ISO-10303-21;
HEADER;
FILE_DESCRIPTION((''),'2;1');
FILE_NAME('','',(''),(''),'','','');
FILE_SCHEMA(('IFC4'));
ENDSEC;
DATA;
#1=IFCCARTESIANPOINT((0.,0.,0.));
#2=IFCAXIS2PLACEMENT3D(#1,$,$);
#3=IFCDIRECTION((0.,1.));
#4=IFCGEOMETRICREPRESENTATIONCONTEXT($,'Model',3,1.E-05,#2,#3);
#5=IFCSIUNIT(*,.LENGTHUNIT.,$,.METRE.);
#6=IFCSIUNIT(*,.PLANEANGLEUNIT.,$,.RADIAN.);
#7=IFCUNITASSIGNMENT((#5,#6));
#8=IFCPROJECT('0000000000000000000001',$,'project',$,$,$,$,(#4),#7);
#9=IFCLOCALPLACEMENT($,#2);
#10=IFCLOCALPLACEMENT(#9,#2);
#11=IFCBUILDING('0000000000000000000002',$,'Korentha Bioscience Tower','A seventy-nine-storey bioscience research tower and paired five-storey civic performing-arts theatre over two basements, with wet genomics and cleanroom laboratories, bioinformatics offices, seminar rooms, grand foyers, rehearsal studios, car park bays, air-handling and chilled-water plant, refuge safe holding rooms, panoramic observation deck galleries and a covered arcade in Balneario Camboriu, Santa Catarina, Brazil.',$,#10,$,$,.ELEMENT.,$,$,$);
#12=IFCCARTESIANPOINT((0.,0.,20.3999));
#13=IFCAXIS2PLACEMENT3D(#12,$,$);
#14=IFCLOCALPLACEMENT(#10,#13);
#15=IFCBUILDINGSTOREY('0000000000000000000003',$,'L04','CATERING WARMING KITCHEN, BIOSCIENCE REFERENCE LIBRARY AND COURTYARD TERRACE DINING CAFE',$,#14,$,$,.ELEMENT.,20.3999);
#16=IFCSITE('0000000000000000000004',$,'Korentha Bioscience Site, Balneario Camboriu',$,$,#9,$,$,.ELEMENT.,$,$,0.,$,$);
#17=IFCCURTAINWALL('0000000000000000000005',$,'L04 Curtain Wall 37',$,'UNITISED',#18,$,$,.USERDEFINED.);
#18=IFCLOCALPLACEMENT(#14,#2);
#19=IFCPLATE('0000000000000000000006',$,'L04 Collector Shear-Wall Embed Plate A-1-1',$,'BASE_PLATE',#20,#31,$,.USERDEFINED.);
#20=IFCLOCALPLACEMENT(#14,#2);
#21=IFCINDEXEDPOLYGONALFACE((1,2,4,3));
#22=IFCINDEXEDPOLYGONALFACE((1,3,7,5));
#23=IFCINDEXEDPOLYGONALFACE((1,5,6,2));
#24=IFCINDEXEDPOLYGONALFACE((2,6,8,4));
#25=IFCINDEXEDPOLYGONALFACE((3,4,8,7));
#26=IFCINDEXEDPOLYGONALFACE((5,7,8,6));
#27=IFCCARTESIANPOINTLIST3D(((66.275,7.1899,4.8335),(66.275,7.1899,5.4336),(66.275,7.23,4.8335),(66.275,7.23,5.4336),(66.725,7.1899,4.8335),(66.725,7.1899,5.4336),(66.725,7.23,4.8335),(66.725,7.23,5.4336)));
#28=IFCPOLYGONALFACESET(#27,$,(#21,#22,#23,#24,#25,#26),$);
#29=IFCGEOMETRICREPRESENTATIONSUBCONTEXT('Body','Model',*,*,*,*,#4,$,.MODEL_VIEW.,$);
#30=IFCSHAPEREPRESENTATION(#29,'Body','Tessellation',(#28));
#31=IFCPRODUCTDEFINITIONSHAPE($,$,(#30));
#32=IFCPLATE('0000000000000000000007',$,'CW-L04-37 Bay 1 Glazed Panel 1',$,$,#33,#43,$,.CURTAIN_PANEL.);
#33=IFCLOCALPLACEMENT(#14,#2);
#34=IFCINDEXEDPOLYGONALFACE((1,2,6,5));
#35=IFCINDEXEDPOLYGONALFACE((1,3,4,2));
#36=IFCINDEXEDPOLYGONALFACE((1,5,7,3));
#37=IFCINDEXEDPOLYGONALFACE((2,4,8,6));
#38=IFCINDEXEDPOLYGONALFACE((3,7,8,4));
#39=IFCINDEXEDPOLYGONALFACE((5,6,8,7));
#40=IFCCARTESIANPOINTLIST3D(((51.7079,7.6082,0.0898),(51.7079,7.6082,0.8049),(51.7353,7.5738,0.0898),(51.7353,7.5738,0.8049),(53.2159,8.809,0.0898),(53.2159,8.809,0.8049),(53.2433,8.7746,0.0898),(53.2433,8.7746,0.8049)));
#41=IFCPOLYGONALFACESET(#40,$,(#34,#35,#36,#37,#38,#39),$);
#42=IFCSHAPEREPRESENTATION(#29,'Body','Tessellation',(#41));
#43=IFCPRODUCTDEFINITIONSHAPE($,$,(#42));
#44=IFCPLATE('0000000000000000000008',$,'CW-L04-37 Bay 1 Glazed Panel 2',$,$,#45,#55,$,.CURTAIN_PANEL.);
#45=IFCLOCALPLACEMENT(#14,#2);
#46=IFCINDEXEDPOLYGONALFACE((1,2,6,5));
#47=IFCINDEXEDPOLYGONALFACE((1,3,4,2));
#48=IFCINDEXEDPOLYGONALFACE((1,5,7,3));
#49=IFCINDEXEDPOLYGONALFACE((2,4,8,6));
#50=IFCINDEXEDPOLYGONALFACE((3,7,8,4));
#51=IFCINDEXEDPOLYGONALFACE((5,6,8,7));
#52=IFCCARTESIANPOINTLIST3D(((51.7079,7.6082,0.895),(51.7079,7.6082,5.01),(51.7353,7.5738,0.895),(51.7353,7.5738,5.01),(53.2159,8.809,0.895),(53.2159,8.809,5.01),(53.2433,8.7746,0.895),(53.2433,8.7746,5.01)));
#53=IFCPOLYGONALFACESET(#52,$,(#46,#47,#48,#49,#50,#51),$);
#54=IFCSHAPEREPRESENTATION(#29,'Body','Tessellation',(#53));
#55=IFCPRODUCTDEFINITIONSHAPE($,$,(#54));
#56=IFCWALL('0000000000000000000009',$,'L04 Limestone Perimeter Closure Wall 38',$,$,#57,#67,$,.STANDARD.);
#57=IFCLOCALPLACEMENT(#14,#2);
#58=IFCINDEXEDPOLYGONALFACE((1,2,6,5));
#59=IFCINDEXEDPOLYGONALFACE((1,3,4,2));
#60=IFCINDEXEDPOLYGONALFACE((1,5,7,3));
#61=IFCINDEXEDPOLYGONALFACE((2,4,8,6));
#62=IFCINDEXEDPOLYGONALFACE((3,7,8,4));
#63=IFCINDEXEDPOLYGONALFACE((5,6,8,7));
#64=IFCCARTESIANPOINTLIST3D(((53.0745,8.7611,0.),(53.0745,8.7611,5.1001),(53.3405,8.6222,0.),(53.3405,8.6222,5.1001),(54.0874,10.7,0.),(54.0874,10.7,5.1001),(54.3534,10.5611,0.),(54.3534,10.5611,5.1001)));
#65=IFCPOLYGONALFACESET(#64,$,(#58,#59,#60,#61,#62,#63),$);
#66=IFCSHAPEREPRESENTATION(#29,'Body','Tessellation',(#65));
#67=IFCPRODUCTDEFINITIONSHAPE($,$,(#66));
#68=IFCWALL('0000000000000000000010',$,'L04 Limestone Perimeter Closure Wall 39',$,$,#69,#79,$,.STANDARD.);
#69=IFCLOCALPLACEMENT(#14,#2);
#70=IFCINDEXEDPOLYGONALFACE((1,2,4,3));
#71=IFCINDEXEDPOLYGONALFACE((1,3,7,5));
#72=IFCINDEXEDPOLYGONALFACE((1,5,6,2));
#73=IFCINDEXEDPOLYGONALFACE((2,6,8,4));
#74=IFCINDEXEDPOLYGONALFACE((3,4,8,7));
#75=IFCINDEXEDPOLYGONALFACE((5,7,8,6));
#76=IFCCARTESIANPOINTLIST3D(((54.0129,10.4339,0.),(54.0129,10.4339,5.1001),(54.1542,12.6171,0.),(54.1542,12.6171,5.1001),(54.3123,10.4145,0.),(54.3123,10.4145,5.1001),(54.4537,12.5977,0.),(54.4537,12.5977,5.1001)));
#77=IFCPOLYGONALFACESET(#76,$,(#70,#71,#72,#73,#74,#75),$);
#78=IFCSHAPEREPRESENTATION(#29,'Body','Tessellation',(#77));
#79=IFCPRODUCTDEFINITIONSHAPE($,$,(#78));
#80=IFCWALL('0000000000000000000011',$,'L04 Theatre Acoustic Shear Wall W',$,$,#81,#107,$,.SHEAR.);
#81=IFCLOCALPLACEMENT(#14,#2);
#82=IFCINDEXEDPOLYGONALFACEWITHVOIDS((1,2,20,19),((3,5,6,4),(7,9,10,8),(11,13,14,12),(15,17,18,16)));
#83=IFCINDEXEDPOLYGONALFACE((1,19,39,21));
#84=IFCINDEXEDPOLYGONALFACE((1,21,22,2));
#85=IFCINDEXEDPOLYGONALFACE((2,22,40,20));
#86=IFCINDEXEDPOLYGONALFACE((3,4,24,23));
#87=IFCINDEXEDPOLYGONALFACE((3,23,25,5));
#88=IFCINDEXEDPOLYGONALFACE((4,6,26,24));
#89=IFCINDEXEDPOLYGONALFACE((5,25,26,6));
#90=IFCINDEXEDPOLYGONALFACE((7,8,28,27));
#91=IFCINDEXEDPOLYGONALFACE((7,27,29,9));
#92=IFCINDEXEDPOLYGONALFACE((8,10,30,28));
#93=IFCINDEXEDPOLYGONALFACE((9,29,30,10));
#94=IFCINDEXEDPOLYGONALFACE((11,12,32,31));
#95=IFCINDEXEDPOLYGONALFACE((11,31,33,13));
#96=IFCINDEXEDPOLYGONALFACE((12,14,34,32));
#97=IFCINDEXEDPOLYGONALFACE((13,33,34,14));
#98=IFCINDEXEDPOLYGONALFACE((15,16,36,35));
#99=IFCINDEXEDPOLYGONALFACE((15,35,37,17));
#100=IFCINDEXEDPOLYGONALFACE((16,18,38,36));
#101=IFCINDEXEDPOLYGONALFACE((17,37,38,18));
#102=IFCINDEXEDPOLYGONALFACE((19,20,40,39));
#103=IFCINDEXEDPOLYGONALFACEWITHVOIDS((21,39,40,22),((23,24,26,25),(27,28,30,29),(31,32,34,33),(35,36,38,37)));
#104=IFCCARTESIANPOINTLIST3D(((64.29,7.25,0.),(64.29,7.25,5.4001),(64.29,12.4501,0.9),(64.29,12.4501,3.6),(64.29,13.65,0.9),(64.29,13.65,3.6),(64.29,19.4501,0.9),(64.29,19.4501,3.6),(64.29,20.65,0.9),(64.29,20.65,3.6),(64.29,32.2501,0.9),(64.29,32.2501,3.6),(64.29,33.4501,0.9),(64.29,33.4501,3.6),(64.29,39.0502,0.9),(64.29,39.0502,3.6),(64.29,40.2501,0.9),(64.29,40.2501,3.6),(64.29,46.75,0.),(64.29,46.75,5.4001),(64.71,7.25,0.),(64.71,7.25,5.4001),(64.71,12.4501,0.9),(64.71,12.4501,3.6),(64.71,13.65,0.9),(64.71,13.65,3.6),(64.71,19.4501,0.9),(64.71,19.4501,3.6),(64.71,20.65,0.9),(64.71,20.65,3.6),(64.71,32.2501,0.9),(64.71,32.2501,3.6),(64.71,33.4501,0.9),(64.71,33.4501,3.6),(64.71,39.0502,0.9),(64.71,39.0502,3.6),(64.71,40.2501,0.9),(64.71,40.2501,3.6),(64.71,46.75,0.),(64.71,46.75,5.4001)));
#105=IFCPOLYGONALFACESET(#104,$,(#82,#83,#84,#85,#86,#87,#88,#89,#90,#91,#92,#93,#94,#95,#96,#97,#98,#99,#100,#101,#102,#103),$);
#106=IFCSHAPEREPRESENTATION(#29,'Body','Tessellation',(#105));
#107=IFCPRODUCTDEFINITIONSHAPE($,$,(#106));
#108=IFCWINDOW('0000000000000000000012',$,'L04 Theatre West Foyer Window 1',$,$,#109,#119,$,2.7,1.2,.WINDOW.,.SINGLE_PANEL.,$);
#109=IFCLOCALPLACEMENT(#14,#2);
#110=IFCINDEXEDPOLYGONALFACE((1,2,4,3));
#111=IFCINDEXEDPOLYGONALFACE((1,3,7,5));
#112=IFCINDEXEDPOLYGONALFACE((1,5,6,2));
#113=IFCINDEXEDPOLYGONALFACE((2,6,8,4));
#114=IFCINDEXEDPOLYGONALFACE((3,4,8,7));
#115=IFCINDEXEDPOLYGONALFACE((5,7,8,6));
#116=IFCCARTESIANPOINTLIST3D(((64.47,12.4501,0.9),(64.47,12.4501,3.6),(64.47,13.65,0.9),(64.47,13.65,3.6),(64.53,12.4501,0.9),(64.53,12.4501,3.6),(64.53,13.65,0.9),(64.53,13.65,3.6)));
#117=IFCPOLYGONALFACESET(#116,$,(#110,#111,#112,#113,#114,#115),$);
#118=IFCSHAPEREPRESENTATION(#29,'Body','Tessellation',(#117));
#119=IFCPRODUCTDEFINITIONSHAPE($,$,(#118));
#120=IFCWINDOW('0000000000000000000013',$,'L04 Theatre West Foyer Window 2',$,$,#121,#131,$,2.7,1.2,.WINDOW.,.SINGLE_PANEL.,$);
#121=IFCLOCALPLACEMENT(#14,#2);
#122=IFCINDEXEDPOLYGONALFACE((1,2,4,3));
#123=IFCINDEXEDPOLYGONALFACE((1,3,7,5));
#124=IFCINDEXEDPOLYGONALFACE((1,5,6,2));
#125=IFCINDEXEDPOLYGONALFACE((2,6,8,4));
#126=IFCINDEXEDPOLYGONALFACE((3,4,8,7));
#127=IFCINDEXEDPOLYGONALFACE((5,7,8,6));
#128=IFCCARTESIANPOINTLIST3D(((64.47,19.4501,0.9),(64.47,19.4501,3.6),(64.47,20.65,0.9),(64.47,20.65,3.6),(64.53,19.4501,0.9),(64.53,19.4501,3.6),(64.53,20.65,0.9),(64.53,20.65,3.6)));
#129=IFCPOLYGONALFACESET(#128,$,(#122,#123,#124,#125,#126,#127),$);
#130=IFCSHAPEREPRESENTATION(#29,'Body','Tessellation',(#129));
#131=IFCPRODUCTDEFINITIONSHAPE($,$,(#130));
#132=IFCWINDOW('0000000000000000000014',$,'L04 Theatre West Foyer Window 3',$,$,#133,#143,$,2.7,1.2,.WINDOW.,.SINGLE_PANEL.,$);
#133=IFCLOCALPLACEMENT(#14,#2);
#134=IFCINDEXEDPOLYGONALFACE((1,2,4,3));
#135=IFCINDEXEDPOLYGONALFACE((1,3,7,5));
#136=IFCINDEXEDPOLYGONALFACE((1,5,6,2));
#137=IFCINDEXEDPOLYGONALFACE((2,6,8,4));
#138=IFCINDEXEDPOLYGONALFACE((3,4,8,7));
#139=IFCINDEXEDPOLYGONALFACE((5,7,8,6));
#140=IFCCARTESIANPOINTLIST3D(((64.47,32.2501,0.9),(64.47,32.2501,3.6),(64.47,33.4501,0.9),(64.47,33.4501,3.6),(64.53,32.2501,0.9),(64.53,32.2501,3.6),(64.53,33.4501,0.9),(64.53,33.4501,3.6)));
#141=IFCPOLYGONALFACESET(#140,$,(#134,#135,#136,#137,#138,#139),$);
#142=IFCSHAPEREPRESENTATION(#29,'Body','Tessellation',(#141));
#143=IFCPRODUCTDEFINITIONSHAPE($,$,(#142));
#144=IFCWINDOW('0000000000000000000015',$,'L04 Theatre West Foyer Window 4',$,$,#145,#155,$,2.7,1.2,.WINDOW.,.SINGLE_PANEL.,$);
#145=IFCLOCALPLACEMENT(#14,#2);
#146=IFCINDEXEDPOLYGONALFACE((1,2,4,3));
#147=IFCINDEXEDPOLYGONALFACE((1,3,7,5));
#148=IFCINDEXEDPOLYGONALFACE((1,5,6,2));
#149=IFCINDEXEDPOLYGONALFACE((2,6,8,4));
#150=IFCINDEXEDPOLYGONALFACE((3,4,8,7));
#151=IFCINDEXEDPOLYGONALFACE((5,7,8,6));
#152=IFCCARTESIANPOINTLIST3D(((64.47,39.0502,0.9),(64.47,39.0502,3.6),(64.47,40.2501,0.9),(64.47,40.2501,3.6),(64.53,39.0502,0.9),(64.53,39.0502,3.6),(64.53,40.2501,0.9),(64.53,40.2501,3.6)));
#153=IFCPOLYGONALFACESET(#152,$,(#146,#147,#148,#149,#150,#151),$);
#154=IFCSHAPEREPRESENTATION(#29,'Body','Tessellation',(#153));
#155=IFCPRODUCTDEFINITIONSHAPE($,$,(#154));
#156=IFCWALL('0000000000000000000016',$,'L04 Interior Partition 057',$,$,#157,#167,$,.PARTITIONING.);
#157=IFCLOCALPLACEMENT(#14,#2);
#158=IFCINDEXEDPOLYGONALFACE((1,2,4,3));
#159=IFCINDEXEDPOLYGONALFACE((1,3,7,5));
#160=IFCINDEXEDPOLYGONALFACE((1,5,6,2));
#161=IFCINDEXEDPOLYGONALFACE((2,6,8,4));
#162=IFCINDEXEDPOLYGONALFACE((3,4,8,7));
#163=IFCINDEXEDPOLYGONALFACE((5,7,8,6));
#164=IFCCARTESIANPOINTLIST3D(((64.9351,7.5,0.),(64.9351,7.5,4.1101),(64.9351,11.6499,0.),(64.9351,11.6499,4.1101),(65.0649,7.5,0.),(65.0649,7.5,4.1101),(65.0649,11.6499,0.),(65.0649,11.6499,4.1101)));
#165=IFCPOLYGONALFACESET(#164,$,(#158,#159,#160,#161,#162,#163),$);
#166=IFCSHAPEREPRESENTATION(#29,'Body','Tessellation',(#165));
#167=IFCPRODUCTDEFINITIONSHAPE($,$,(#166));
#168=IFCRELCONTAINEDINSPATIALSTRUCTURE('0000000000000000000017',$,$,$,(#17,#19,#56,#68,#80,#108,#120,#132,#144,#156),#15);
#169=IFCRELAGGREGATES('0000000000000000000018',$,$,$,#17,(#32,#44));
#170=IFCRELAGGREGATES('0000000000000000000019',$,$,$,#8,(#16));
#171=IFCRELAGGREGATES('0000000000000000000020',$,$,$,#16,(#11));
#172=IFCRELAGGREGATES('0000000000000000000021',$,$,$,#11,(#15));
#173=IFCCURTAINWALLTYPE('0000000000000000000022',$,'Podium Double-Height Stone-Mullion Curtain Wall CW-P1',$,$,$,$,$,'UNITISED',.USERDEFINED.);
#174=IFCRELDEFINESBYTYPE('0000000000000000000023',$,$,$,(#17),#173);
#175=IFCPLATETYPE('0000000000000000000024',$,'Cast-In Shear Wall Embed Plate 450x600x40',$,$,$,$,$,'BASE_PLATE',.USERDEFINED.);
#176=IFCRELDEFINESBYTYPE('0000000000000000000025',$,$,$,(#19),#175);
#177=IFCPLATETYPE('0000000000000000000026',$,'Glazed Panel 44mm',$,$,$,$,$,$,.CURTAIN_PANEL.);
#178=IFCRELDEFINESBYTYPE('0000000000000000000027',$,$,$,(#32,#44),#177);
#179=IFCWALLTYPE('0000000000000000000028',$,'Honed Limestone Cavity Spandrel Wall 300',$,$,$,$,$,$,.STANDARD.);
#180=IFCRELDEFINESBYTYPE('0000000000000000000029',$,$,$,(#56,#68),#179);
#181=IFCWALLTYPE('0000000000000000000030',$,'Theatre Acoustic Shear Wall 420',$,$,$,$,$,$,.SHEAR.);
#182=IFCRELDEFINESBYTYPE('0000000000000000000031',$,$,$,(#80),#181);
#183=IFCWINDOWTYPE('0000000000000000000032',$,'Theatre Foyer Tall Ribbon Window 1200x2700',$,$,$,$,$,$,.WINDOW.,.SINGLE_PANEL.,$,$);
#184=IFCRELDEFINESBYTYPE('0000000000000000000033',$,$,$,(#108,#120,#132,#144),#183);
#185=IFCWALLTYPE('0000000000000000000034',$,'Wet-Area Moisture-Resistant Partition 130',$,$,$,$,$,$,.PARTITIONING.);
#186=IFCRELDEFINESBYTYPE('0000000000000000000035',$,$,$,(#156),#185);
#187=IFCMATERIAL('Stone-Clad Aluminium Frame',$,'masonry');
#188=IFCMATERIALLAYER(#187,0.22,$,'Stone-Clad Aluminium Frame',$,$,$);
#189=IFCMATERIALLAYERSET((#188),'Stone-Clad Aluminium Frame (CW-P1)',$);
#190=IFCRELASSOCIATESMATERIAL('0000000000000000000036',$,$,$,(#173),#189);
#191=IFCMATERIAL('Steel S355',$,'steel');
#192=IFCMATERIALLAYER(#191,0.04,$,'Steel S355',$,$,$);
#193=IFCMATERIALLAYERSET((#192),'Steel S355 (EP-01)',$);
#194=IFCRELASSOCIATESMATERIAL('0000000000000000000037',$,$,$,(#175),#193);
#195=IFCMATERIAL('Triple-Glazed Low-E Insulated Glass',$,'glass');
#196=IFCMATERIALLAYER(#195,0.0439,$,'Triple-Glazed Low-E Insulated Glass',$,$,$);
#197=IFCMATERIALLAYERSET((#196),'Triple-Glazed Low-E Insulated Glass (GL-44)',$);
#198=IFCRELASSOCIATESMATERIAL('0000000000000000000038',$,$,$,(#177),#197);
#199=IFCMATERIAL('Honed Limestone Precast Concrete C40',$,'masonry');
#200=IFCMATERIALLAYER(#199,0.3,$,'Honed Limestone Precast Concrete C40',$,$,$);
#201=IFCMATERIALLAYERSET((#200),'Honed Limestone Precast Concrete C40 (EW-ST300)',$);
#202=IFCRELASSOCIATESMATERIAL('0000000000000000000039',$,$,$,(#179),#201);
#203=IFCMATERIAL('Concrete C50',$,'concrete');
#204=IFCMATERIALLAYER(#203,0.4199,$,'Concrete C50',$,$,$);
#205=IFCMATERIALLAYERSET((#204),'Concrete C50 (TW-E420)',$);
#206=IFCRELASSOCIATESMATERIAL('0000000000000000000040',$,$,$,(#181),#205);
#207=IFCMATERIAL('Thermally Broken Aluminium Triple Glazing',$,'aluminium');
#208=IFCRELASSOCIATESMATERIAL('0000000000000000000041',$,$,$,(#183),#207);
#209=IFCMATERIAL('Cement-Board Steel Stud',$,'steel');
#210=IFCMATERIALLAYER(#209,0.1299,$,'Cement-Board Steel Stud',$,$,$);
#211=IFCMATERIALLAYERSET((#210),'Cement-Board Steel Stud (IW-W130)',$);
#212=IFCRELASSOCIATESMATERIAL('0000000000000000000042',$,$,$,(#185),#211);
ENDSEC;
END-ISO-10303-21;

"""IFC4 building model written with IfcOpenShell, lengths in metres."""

from ifc_helpers import new_model, si_unit, direction, frame, frame_2d, origin, origin_2d, place, context, subcontext, project, spatial, rectangle, extrude, material, layer, layer_set, type_object, element, fill, aggregate, save


model = new_model("IFC4")

# Units and contexts
model_context = context("Model", 3, precision=1e-05, world=origin(), true_north=direction((0.0, 1.0)))
body_context = subcontext(model_context, "Body", "Model", "MODEL_VIEW")
ifc_project = project(units=[si_unit("LENGTHUNIT", "METRE"), si_unit("PLANEANGLEUNIT", "RADIAN")], contexts=[model_context])

# Site, building, storey
site_placement = place(None, origin())
site = spatial("IfcSite", under=ifc_project, at=site_placement, Name="Korentha Bioscience Site, Balneario Camboriu", CompositionType="ELEMENT", RefElevation=0.0)
building_placement = place(site_placement, origin())
building = spatial("IfcBuilding", under=site, at=building_placement, Name="Korentha Bioscience Tower", Description="A seventy-nine-storey bioscience research tower and paired five-storey civic performing-arts theatre over two basements, with wet genomics and cleanroom laboratories, bioinformatics offices, seminar rooms, grand foyers, rehearsal studios, car park bays, air-handling and chilled-water plant, refuge safe holding rooms, panoramic observation deck galleries and a covered arcade in Balneario Camboriu, Santa Catarina, Brazil.", CompositionType="ELEMENT")
storey_placement = place(building_placement, frame((0.0, 0.0, 20.3999)))
storey = spatial("IfcBuildingStorey", under=building, at=storey_placement, Name="L04", Description="CATERING WARMING KITCHEN, BIOSCIENCE REFERENCE LIBRARY AND COURTYARD TERRACE DINING CAFE", CompositionType="ELEMENT", Elevation=20.3999)

# Shared definitions
ifc_material_1 = material(Name="Concrete C50", Category="concrete")

# Curtain wall
ifc_material_2 = material(Name="Stone-Clad Aluminium Frame", Category="masonry")
ifc_layer_1 = layer(ifc_material_2, 0.22, Name="Stone-Clad Aluminium Frame")
ifc_layer_set_1 = layer_set([ifc_layer_1], Name="Stone-Clad Aluminium Frame (CW-P1)")
curtain_wall_type = type_object("IfcCurtainWallType", Name="Podium Double-Height Stone-Mullion Curtain Wall CW-P1", ElementType="UNITISED", PredefinedType="USERDEFINED", material=ifc_layer_set_1)
curtain_wall_placement = place(storey_placement, origin())
curtain_wall = element("IfcCurtainWall", 1, at=curtain_wall_placement, inside=storey, type_object=curtain_wall_type, Name="L04 Curtain Wall 37", ObjectType="UNITISED", PredefinedType="USERDEFINED")

# Shared definitions
ifc_material_3 = material(Name="Steel S355", Category="steel")

# Plates
ifc_layer_2 = layer(ifc_material_3, 0.04, Name="Steel S355")
ifc_layer_set_2 = layer_set([ifc_layer_2], Name="Steel S355 (EP-01)")
plate_type_1 = type_object("IfcPlateType", Name="Cast-In Shear Wall Embed Plate 450x600x40", ElementType="BASE_PLATE", PredefinedType="USERDEFINED", material=ifc_layer_set_2)
plate_1_placement = place(storey_placement, frame((66.5, 7.21, 4.8335), z_axis=(0.0, 0.0, 1.0), x_axis=(1.0, 0.0, 0.0)))
element("IfcPlate", 2, at=plate_1_placement, inside=storey, type_object=plate_type_1, Name="L04 Collector Shear-Wall Embed Plate A-1-1", ObjectType="BASE_PLATE", PredefinedType="USERDEFINED", context=body_context, shape_type="SweptSolid", body=[
    extrude(rectangle(XDim=0.45, YDim=0.04, at=origin_2d()), origin(), (0.0, 0.0, 1.0), 0.6001),
])
ifc_material_4 = material(Name="Triple-Glazed Low-E Insulated Glass", Category="glass")
ifc_layer_3 = layer(ifc_material_4, 0.0439, Name="Triple-Glazed Low-E Insulated Glass")
ifc_layer_set_3 = layer_set([ifc_layer_3], Name="Triple-Glazed Low-E Insulated Glass (GL-44)")
plate_type_2 = type_object("IfcPlateType", Name="Glazed Panel 44mm", PredefinedType="CURTAIN_PANEL", material=ifc_layer_set_3)
plate_2_placement = place(storey_placement, frame((52.4756, 8.1914, 0.0898), z_axis=(0.0, 0.0, 1.0), x_axis=(0.782288, 0.622917, 0.0)))
plate_2 = element("IfcPlate", 3, at=plate_2_placement, type_object=plate_type_2, Name="CW-L04-37 Bay 1 Glazed Panel 1", PredefinedType="CURTAIN_PANEL", context=body_context, shape_type="SweptSolid", body=[
    extrude(rectangle(XDim=1.9277, YDim=0.0439, at=origin_2d()), origin(), (0.0, 0.0, 1.0), 0.7151),
])
plate_3_placement = place(storey_placement, frame((52.4756, 8.1914, 0.895), z_axis=(0.0, 0.0, 1.0), x_axis=(0.782288, 0.622917, 0.0)))
plate_3 = element("IfcPlate", 4, at=plate_3_placement, type_object=plate_type_2, Name="CW-L04-37 Bay 1 Glazed Panel 2", PredefinedType="CURTAIN_PANEL", context=body_context, shape_type="SweptSolid", body=[
    extrude(rectangle(XDim=1.9277, YDim=0.0439, at=origin_2d()), origin(), (0.0, 0.0, 1.0), 4.115),
])
aggregate(curtain_wall, [plate_2, plate_3])

# Walls
ifc_material_5 = material(Name="Honed Limestone Precast Concrete C40", Category="masonry")
ifc_layer_4 = layer(ifc_material_5, 0.3, Name="Honed Limestone Precast Concrete C40")
ifc_layer_set_4 = layer_set([ifc_layer_4], Name="Honed Limestone Precast Concrete C40 (EW-ST300)")
wall_type_1 = type_object("IfcWallType", Name="Honed Limestone Cavity Spandrel Wall 300", PredefinedType="STANDARD", material=ifc_layer_set_4)
wall_1_placement = place(storey_placement, frame((53.2075, 8.6917, 0.0), z_axis=(0.0, 0.0, 1.0), x_axis=(0.463035, 0.88634, 0.0)))
element("IfcWall", 5, at=wall_1_placement, inside=storey, type_object=wall_type_1, Name="L04 Limestone Perimeter Closure Wall 38", PredefinedType="STANDARD", context=body_context, shape_type="SweptSolid", body=[
    extrude(rectangle(XDim=2.1875, YDim=0.3, at=frame_2d((1.0938, 0.0))), origin(), (0.0, 0.0, 1.0), 5.1001),
])
wall_2_placement = place(storey_placement, frame((54.1626, 10.4243, 0.0), z_axis=(0.0, 0.0, 1.0), x_axis=(0.064615, 0.99791, 0.0)))
element("IfcWall", 6, at=wall_2_placement, inside=storey, type_object=wall_type_1, Name="L04 Limestone Perimeter Closure Wall 39", PredefinedType="STANDARD", context=body_context, shape_type="SweptSolid", body=[
    extrude(rectangle(XDim=2.1877, YDim=0.3, at=frame_2d((1.0938, 0.0))), origin(), (0.0, 0.0, 1.0), 5.1001),
])

# Wall, openings, windows
ifc_layer_5 = layer(ifc_material_1, 0.4199, Name="Concrete C50")
ifc_layer_set_5 = layer_set([ifc_layer_5], Name="Concrete C50 (TW-E420)")
wall_type_2 = type_object("IfcWallType", Name="Theatre Acoustic Shear Wall 420", PredefinedType="SHEAR", material=ifc_layer_set_5)
wall_3_placement = place(storey_placement, frame((64.5, 7.25, 0.0), z_axis=(0.0, 0.0, 1.0), x_axis=(0.0, 1.0, 0.0)))
wall_3 = element("IfcWall", 7, at=wall_3_placement, inside=storey, type_object=wall_type_2, Name="L04 Theatre Acoustic Shear Wall W", PredefinedType="SHEAR", context=body_context, shape_type="SweptSolid", body=[
    extrude(rectangle(XDim=39.5, YDim=0.4199, at=frame_2d((19.75, 0.0))), origin(), (0.0, 0.0, 1.0), 5.4001),
])
opening_1_placement = place(wall_3_placement, frame((5.2, 0.0, 0.8999)))
opening_1 = element("IfcOpeningElement", 8, at=opening_1_placement, cuts=wall_3, PredefinedType="OPENING", context=body_context, shape_type="SweptSolid", body=[
    extrude(rectangle(XDim=1.2, YDim=2.7, at=frame_2d((0.6001, 1.3501))), frame((0.0, 0.2249, 0.0), z_axis=(0.0, -1.0, 0.0), x_axis=(1.0, 0.0, 0.0)), (0.0, 0.0, 1.0), 0.4497),
])
opening_2_placement = place(wall_3_placement, frame((12.2, 0.0, 0.8999)))
opening_2 = element("IfcOpeningElement", 9, at=opening_2_placement, cuts=wall_3, PredefinedType="OPENING", context=body_context, shape_type="SweptSolid", body=[
    extrude(rectangle(XDim=1.2, YDim=2.7, at=frame_2d((0.6001, 1.3501))), frame((0.0, 0.2249, 0.0), z_axis=(0.0, -1.0, 0.0), x_axis=(1.0, 0.0, 0.0)), (0.0, 0.0, 1.0), 0.4497),
])
opening_3_placement = place(wall_3_placement, frame((25.0, 0.0, 0.8999)))
opening_3 = element("IfcOpeningElement", 10, at=opening_3_placement, cuts=wall_3, PredefinedType="OPENING", context=body_context, shape_type="SweptSolid", body=[
    extrude(rectangle(XDim=1.2, YDim=2.7, at=frame_2d((0.6001, 1.3501))), frame((0.0, 0.2249, 0.0), z_axis=(0.0, -1.0, 0.0), x_axis=(1.0, 0.0, 0.0)), (0.0, 0.0, 1.0), 0.4497),
])
opening_4_placement = place(wall_3_placement, frame((31.8, 0.0, 0.8999)))
opening_4 = element("IfcOpeningElement", 11, at=opening_4_placement, cuts=wall_3, PredefinedType="OPENING", context=body_context, shape_type="SweptSolid", body=[
    extrude(rectangle(XDim=1.2, YDim=2.7, at=frame_2d((0.6001, 1.3501))), frame((0.0, 0.2249, 0.0), z_axis=(0.0, -1.0, 0.0), x_axis=(1.0, 0.0, 0.0)), (0.0, 0.0, 1.0), 0.4497),
])
ifc_material_6 = material(Name="Thermally Broken Aluminium Triple Glazing", Category="aluminium")
window_type = type_object("IfcWindowType", Name="Theatre Foyer Tall Ribbon Window 1200x2700", PartitioningType="SINGLE_PANEL", PredefinedType="WINDOW", material=ifc_material_6)
window_1_placement = place(opening_1_placement, origin())
window_1 = element("IfcWindow", 12, at=window_1_placement, inside=storey, type_object=window_type, Name="L04 Theatre West Foyer Window 1", OverallHeight=2.7, OverallWidth=1.2, PartitioningType="SINGLE_PANEL", PredefinedType="WINDOW", context=body_context, shape_type="SweptSolid", body=[
    extrude(rectangle(XDim=1.2, YDim=2.7, at=frame_2d((0.6001, 1.3501))), frame((0.0, 0.03, 0.0), z_axis=(0.0, -1.0, 0.0), x_axis=(1.0, 0.0, 0.0)), (0.0, 0.0, 1.0), 0.0601),
])
fill(opening_1, window_1)
window_2_placement = place(opening_2_placement, origin())
window_2 = element("IfcWindow", 13, at=window_2_placement, inside=storey, type_object=window_type, Name="L04 Theatre West Foyer Window 2", OverallHeight=2.7, OverallWidth=1.2, PartitioningType="SINGLE_PANEL", PredefinedType="WINDOW", context=body_context, shape_type="SweptSolid", body=[
    extrude(rectangle(XDim=1.2, YDim=2.7, at=frame_2d((0.6001, 1.3501))), frame((0.0, 0.03, 0.0), z_axis=(0.0, -1.0, 0.0), x_axis=(1.0, 0.0, 0.0)), (0.0, 0.0, 1.0), 0.0601),
])
fill(opening_2, window_2)
window_3_placement = place(opening_3_placement, origin())
window_3 = element("IfcWindow", 14, at=window_3_placement, inside=storey, type_object=window_type, Name="L04 Theatre West Foyer Window 3", OverallHeight=2.7, OverallWidth=1.2, PartitioningType="SINGLE_PANEL", PredefinedType="WINDOW", context=body_context, shape_type="SweptSolid", body=[
    extrude(rectangle(XDim=1.2, YDim=2.7, at=frame_2d((0.6001, 1.3501))), frame((0.0, 0.03, 0.0), z_axis=(0.0, -1.0, 0.0), x_axis=(1.0, 0.0, 0.0)), (0.0, 0.0, 1.0), 0.0601),
])
fill(opening_3, window_3)
window_4_placement = place(opening_4_placement, origin())
window_4 = element("IfcWindow", 15, at=window_4_placement, inside=storey, type_object=window_type, Name="L04 Theatre West Foyer Window 4", OverallHeight=2.7, OverallWidth=1.2, PartitioningType="SINGLE_PANEL", PredefinedType="WINDOW", context=body_context, shape_type="SweptSolid", body=[
    extrude(rectangle(XDim=1.2, YDim=2.7, at=frame_2d((0.6001, 1.3501))), frame((0.0, 0.03, 0.0), z_axis=(0.0, -1.0, 0.0), x_axis=(1.0, 0.0, 0.0)), (0.0, 0.0, 1.0), 0.0601),
])
fill(opening_4, window_4)

# Wall
ifc_material_7 = material(Name="Cement-Board Steel Stud", Category="steel")
ifc_layer_6 = layer(ifc_material_7, 0.1299, Name="Cement-Board Steel Stud")
ifc_layer_set_6 = layer_set([ifc_layer_6], Name="Cement-Board Steel Stud (IW-W130)")
wall_type_3 = type_object("IfcWallType", Name="Wet-Area Moisture-Resistant Partition 130", PredefinedType="PARTITIONING", material=ifc_layer_set_6)
wall_4_placement = place(storey_placement, frame((65.0, 7.5, 0.0), z_axis=(0.0, 0.0, 1.0), x_axis=(0.0, 1.0, 0.0)))
element("IfcWall", 16, at=wall_4_placement, inside=storey, type_object=wall_type_3, Name="L04 Interior Partition 057", PredefinedType="PARTITIONING", context=body_context, shape_type="SweptSolid", body=[
    extrude(rectangle(XDim=4.1499, YDim=0.1299, at=frame_2d((2.075, 0.0))), origin(), (0.0, 0.0, 1.0), 4.1101),
])

save(model, "model.ifc")
